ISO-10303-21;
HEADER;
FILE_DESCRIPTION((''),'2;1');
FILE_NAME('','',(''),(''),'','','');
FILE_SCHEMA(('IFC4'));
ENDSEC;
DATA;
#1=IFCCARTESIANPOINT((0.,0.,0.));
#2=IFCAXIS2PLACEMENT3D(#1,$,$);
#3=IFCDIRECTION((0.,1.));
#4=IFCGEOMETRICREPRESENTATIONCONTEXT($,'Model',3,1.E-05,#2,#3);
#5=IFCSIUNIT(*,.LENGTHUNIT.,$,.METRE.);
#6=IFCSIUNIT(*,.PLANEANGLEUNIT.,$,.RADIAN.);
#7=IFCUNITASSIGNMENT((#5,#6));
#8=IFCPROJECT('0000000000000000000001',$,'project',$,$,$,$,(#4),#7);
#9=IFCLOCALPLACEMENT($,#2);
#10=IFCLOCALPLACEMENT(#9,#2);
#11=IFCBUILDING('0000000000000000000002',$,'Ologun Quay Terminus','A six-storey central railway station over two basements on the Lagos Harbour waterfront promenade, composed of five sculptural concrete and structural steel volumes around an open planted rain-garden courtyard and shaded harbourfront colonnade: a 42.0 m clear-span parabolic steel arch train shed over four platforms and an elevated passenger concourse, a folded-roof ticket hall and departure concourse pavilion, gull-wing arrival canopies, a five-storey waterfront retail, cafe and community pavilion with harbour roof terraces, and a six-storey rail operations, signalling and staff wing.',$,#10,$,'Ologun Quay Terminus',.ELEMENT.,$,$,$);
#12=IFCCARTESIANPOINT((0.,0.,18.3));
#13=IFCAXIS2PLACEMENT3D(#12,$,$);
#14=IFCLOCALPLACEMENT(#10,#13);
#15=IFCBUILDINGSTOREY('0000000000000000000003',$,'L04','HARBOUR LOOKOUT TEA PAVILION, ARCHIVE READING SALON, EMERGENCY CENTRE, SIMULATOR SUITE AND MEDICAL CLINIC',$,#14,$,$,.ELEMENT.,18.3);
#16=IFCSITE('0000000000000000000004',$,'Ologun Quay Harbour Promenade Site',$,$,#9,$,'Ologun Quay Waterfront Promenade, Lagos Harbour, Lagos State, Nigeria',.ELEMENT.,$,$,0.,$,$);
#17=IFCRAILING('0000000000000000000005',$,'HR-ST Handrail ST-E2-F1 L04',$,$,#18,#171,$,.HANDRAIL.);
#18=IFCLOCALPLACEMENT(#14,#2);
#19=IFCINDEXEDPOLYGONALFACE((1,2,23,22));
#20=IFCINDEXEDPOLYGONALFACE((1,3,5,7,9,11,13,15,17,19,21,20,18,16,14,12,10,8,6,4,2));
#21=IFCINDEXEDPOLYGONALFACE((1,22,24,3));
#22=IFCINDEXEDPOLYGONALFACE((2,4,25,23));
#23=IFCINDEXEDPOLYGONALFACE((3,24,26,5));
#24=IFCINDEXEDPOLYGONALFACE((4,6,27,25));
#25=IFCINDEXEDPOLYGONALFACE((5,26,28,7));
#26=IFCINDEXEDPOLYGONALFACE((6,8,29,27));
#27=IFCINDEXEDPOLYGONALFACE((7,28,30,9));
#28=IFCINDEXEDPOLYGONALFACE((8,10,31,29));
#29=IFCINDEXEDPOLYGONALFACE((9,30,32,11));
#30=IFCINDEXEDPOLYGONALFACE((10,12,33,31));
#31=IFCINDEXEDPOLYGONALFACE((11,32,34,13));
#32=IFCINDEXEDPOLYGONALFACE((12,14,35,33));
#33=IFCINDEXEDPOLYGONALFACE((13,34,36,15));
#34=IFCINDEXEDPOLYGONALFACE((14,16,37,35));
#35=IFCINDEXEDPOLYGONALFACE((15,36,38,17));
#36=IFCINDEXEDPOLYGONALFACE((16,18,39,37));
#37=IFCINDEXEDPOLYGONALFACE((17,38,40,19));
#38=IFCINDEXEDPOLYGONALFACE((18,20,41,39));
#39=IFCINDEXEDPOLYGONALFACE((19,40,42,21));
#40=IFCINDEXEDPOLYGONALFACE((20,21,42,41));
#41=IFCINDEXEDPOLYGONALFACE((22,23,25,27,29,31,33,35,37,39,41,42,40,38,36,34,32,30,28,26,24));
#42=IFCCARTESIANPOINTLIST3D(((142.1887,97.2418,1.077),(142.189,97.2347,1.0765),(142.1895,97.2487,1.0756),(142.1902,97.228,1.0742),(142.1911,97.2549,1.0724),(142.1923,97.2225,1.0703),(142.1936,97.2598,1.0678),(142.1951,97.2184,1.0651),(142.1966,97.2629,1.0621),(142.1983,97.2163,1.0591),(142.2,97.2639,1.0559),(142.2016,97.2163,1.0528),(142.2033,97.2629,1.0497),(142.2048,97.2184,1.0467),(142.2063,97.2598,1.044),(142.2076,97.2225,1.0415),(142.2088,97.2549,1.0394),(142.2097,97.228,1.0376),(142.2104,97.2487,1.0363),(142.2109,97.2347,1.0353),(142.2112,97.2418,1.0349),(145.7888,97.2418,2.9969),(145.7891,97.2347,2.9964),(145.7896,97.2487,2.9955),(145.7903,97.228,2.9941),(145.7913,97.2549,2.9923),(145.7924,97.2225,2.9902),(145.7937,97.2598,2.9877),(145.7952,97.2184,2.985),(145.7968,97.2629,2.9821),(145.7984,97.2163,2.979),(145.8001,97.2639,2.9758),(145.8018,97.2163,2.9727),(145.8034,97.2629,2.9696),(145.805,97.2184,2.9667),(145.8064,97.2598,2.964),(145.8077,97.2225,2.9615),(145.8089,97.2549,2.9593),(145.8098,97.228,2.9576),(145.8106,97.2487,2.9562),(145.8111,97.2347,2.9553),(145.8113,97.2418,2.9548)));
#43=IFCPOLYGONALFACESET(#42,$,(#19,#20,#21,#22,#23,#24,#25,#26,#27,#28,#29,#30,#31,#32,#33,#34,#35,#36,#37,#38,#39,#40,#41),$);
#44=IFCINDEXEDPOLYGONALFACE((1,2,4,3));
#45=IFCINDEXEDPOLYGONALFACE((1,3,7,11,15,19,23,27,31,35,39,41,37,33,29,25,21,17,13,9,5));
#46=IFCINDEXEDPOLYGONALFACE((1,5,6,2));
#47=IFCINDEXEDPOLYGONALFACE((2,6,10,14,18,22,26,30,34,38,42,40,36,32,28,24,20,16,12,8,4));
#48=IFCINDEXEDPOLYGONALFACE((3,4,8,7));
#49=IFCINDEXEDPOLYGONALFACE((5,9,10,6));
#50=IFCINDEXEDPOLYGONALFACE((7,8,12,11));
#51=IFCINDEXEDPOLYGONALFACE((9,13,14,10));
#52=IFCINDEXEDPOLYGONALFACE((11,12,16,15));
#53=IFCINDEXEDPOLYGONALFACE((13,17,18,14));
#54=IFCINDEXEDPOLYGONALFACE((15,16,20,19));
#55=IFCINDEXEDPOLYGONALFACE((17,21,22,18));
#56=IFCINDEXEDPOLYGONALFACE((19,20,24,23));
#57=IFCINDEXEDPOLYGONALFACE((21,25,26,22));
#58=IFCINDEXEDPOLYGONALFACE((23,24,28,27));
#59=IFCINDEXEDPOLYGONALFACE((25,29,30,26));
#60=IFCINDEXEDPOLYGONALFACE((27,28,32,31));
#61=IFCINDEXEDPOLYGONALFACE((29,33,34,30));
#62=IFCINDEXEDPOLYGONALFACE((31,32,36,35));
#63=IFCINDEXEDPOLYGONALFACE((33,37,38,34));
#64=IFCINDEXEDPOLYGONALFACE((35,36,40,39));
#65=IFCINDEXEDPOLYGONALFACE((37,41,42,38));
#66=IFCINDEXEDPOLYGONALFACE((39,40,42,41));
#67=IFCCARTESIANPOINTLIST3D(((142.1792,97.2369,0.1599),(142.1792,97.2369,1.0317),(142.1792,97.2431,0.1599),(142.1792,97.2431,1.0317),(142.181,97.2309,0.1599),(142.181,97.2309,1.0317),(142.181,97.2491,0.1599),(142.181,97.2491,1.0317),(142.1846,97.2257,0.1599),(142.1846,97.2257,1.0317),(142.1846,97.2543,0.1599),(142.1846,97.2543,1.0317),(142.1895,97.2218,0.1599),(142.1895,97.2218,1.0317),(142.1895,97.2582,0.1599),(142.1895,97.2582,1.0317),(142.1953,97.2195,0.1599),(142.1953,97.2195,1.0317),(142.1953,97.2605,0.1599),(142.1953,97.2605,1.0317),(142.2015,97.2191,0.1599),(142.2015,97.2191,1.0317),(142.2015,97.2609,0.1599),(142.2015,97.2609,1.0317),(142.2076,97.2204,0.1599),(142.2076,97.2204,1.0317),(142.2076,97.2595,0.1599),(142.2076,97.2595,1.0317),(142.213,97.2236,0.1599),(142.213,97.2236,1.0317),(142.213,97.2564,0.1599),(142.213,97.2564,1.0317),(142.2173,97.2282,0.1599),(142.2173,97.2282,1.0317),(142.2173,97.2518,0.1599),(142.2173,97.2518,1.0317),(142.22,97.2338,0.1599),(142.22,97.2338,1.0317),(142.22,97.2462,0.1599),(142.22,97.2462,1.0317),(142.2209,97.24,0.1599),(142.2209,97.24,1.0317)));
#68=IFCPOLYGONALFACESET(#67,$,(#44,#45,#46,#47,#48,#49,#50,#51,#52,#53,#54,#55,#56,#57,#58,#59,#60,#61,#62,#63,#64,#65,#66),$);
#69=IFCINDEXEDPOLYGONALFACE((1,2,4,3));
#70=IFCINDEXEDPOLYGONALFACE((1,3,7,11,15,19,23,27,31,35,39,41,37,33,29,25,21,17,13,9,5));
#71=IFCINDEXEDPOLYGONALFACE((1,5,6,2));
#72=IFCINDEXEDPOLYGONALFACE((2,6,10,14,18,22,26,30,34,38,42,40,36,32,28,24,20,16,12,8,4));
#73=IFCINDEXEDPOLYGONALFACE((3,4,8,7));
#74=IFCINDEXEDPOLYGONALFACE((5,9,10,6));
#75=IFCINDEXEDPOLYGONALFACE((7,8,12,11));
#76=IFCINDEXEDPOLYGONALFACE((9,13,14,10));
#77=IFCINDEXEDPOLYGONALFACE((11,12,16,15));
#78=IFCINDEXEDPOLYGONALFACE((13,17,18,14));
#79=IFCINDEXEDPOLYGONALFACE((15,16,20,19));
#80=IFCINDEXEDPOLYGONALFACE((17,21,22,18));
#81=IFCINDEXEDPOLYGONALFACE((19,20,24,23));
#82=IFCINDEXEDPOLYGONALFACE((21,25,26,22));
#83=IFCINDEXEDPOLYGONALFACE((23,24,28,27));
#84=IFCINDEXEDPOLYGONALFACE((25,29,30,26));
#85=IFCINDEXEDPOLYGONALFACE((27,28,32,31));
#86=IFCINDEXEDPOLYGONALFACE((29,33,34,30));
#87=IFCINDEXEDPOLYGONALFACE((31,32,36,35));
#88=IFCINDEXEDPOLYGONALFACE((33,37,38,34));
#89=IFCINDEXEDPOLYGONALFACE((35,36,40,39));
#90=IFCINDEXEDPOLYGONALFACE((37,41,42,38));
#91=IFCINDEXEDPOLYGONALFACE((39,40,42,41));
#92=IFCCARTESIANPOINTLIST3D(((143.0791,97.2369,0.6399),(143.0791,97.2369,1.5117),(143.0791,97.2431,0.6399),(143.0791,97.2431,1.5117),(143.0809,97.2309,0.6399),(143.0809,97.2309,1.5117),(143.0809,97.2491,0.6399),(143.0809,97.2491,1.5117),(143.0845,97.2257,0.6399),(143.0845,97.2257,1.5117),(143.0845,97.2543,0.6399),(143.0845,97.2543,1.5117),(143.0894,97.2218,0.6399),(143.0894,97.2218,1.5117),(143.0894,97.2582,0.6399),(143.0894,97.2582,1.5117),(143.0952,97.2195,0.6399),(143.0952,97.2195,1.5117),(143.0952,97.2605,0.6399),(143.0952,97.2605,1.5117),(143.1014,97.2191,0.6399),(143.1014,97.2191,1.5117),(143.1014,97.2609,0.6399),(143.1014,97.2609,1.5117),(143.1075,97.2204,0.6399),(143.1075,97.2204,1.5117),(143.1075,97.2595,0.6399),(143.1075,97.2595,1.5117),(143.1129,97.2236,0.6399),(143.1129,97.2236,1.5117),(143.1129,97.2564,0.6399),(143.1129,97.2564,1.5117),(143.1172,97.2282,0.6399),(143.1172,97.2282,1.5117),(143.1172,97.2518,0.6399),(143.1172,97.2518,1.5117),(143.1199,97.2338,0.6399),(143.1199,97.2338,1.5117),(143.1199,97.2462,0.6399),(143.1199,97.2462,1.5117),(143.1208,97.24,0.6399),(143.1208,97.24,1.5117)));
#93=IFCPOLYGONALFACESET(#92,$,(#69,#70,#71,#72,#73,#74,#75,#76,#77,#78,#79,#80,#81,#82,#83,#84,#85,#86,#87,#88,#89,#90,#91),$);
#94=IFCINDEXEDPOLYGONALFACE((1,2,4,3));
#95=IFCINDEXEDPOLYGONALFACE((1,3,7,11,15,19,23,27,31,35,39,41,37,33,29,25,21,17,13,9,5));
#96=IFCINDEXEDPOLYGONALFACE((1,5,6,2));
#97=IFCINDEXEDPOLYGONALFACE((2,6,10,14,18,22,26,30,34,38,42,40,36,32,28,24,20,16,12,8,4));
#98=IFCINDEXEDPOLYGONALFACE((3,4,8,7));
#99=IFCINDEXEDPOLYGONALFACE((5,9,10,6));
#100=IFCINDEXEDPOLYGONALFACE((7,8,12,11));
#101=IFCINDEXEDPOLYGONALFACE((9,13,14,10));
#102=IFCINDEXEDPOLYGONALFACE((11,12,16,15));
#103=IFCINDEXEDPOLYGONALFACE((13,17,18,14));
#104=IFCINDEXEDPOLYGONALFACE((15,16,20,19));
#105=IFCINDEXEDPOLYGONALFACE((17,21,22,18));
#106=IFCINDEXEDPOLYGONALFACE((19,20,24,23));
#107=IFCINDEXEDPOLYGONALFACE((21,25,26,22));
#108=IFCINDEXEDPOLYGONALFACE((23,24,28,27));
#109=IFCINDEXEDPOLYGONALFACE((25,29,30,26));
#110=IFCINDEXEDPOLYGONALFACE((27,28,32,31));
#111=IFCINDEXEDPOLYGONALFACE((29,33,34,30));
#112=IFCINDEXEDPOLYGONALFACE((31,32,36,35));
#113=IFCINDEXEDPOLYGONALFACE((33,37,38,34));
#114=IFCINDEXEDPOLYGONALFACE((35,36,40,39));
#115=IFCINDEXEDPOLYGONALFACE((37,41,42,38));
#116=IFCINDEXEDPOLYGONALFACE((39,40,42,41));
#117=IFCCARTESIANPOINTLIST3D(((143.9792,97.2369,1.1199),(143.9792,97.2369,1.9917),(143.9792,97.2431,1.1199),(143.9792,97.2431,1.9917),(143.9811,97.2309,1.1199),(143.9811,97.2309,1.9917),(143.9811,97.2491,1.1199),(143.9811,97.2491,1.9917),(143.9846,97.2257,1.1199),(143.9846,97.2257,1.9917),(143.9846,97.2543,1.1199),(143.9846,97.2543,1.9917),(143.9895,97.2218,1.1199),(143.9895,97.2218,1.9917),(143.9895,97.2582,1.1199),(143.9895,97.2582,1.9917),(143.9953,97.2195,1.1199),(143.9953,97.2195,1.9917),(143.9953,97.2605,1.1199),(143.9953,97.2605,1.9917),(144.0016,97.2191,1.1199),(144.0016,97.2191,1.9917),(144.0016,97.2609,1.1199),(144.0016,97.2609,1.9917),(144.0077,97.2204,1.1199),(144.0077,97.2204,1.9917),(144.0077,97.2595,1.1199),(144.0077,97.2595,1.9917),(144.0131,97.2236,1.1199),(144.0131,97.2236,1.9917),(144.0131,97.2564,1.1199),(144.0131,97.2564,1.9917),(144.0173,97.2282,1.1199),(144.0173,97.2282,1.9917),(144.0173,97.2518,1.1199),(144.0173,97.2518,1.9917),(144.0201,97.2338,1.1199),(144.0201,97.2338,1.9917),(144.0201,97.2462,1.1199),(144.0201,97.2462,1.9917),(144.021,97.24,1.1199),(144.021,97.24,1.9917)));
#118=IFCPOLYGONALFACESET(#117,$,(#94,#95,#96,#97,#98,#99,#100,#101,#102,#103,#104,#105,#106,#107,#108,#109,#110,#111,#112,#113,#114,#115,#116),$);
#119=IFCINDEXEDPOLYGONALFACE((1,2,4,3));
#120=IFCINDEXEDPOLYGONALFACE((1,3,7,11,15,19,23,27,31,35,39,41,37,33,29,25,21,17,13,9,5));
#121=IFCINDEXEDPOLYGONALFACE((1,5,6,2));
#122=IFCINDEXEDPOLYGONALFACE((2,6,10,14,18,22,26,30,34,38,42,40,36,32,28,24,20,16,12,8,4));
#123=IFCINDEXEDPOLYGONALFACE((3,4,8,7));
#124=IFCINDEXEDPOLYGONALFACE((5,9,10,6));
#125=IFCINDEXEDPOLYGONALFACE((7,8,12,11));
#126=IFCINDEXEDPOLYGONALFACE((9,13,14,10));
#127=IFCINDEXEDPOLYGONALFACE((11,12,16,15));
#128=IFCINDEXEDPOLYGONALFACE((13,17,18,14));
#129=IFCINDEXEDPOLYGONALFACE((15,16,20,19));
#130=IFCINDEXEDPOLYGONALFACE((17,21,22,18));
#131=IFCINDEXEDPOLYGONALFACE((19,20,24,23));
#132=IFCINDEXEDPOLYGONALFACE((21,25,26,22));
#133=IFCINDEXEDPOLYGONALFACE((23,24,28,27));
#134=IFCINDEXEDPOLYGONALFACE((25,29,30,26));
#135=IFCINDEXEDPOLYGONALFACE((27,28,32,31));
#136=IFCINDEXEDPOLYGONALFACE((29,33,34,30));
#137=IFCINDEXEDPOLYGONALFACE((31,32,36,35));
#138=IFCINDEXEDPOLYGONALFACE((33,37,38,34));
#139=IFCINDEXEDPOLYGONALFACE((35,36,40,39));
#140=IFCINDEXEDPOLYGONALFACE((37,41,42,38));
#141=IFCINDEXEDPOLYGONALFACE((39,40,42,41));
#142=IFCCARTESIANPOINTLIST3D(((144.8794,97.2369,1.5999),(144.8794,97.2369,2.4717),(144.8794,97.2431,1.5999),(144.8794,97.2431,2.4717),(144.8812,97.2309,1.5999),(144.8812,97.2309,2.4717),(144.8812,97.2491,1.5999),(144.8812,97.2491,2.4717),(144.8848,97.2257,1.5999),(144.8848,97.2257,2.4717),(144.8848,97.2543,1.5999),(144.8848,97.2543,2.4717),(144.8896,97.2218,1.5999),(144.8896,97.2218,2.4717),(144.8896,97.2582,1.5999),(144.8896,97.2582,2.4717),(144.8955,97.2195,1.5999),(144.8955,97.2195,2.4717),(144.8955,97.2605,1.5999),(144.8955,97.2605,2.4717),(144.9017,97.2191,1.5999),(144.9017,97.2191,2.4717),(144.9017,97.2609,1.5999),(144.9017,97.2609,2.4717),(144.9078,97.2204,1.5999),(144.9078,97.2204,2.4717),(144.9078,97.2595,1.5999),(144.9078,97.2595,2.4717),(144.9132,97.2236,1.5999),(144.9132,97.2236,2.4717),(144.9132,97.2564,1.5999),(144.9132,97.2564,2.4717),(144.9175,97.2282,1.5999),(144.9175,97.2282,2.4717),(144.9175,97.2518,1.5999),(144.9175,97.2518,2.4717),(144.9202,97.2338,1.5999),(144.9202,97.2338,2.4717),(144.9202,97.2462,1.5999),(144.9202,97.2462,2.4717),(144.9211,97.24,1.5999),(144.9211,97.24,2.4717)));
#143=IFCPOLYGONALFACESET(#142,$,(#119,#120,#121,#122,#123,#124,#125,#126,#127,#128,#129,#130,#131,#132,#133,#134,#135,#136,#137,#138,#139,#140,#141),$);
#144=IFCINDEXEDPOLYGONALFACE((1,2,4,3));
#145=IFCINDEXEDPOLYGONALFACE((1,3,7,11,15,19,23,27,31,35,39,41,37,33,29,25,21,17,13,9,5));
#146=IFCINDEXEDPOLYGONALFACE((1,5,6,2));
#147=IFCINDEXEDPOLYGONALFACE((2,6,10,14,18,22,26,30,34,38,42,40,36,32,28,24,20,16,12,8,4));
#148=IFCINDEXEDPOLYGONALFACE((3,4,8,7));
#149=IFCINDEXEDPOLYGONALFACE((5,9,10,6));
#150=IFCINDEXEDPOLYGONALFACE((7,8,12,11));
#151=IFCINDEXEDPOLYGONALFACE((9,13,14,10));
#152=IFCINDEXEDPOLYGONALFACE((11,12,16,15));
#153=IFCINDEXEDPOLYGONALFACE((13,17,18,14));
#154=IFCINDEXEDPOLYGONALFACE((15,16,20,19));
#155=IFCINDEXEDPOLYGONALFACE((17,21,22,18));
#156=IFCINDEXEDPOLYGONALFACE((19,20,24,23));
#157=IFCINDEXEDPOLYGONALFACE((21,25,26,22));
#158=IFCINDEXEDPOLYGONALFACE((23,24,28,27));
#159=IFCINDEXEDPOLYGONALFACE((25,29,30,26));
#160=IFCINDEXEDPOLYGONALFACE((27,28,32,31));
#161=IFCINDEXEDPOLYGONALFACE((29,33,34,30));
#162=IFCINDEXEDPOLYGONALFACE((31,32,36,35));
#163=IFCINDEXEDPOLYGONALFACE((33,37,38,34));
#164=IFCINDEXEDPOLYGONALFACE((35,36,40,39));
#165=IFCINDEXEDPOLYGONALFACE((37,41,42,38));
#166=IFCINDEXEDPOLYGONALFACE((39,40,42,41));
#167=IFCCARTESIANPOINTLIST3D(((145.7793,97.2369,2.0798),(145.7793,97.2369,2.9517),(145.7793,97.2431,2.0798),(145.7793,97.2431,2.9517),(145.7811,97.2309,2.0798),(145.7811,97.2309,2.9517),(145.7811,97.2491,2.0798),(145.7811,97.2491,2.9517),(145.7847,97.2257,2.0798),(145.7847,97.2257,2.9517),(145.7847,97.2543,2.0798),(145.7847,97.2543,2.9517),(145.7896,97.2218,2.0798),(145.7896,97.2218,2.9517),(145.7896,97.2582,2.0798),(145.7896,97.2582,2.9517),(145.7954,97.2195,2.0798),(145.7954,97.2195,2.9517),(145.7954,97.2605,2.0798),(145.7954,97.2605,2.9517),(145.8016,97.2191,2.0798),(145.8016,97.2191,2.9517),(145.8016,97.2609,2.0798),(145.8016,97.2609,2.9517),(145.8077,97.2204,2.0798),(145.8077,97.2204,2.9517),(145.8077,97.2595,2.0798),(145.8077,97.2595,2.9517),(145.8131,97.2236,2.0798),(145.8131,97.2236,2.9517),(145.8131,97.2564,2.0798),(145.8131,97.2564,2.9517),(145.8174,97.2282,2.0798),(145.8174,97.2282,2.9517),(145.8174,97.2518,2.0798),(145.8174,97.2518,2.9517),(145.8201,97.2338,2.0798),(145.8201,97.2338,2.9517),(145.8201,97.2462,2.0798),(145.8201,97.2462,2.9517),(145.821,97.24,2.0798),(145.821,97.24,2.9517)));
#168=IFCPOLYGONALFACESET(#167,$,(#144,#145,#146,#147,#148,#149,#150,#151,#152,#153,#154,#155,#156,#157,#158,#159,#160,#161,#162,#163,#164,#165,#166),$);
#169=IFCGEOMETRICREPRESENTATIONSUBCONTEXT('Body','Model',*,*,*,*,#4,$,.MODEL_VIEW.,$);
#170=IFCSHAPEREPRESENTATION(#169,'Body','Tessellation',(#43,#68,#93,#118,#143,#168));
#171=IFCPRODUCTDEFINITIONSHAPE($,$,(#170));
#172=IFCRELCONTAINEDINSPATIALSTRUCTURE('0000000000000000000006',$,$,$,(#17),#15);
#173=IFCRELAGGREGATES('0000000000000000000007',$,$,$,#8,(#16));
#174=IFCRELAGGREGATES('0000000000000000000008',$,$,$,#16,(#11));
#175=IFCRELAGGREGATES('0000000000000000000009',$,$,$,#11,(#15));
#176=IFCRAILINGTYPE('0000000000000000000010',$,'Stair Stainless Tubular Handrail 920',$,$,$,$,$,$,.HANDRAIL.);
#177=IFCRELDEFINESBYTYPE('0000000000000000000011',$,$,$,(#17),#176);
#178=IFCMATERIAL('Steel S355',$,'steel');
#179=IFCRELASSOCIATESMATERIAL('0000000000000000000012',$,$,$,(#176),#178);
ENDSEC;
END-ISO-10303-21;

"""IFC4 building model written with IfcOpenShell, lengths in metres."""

from ifc_helpers import new_model, si_unit, direction, frame, origin, origin_2d, place, context, subcontext, project, spatial, circle, extrude, material, type_object, element, save


model = new_model("IFC4")

# Units and contexts
model_context = context("Model", 3, precision=1e-05, world=origin(), true_north=direction((0.0, 1.0)))
body_context = subcontext(model_context, "Body", "Model", "MODEL_VIEW")
ifc_project = project(units=[si_unit("LENGTHUNIT", "METRE"), si_unit("PLANEANGLEUNIT", "RADIAN")], contexts=[model_context])

# Site, building, storey
site_placement = place(None, origin())
site = spatial("IfcSite", under=ifc_project, at=site_placement, Name="Ologun Quay Harbour Promenade Site", LongName="Ologun Quay Waterfront Promenade, Lagos Harbour, Lagos State, Nigeria", CompositionType="ELEMENT", RefElevation=0.0)
building_placement = place(site_placement, origin())
building = spatial("IfcBuilding", under=site, at=building_placement, Name="Ologun Quay Terminus", Description="A six-storey central railway station over two basements on the Lagos Harbour waterfront promenade, composed of five sculptural concrete and structural steel volumes around an open planted rain-garden courtyard and shaded harbourfront colonnade: a 42.0 m clear-span parabolic steel arch train shed over four platforms and an elevated passenger concourse, a folded-roof ticket hall and departure concourse pavilion, gull-wing arrival canopies, a five-storey waterfront retail, cafe and community pavilion with harbour roof terraces, and a six-storey rail operations, signalling and staff wing.", LongName="Ologun Quay Terminus", CompositionType="ELEMENT")
storey_placement = place(building_placement, frame((0.0, 0.0, 18.3)))
storey = spatial("IfcBuildingStorey", under=building, at=storey_placement, Name="L04", Description="HARBOUR LOOKOUT TEA PAVILION, ARCHIVE READING SALON, EMERGENCY CENTRE, SIMULATOR SUITE AND MEDICAL CLINIC", CompositionType="ELEMENT", Elevation=18.3)

# Railing
ifc_material_1 = material(Name="Steel S355", Category="steel")
railing_type_1 = type_object("IfcRailingType", Name="Stair Stainless Tubular Handrail 920", PredefinedType="HANDRAIL", material=ifc_material_1)
railing_1_placement = place(storey_placement, frame((142.2, 97.24, 0.1599)))
element("IfcRailing", 1, at=railing_1_placement, inside=storey, type_object=railing_type_1, Name="HR-ST Handrail ST-E2-F1 L04", PredefinedType="HANDRAIL", context=body_context, shape_type="SweptSolid", body=[
    extrude(circle(Radius=0.0239, at=origin_2d()), frame((0.0, 0.0, 0.896), z_axis=(0.882366, 0.0, 0.470563), x_axis=(0.0, 1.0, 0.0)), (0.0, 0.0, 1.0), 4.0801),
    extrude(circle(Radius=0.021, at=origin_2d()), origin(), (0.0, 0.0, 1.0), 0.8718),
    extrude(circle(Radius=0.021, at=origin_2d()), frame((0.8999, 0.0, 0.48)), (0.0, 0.0, 1.0), 0.8718),
    extrude(circle(Radius=0.021, at=origin_2d()), frame((1.8, 0.0, 0.96)), (0.0, 0.0, 1.0), 0.8718),
    extrude(circle(Radius=0.021, at=origin_2d()), frame((2.7002, 0.0, 1.4399)), (0.0, 0.0, 1.0), 0.8718),
    extrude(circle(Radius=0.021, at=origin_2d()), frame((3.6001, 0.0, 1.9199)), (0.0, 0.0, 1.0), 0.8718),
])

save(model, "model.ifc")
